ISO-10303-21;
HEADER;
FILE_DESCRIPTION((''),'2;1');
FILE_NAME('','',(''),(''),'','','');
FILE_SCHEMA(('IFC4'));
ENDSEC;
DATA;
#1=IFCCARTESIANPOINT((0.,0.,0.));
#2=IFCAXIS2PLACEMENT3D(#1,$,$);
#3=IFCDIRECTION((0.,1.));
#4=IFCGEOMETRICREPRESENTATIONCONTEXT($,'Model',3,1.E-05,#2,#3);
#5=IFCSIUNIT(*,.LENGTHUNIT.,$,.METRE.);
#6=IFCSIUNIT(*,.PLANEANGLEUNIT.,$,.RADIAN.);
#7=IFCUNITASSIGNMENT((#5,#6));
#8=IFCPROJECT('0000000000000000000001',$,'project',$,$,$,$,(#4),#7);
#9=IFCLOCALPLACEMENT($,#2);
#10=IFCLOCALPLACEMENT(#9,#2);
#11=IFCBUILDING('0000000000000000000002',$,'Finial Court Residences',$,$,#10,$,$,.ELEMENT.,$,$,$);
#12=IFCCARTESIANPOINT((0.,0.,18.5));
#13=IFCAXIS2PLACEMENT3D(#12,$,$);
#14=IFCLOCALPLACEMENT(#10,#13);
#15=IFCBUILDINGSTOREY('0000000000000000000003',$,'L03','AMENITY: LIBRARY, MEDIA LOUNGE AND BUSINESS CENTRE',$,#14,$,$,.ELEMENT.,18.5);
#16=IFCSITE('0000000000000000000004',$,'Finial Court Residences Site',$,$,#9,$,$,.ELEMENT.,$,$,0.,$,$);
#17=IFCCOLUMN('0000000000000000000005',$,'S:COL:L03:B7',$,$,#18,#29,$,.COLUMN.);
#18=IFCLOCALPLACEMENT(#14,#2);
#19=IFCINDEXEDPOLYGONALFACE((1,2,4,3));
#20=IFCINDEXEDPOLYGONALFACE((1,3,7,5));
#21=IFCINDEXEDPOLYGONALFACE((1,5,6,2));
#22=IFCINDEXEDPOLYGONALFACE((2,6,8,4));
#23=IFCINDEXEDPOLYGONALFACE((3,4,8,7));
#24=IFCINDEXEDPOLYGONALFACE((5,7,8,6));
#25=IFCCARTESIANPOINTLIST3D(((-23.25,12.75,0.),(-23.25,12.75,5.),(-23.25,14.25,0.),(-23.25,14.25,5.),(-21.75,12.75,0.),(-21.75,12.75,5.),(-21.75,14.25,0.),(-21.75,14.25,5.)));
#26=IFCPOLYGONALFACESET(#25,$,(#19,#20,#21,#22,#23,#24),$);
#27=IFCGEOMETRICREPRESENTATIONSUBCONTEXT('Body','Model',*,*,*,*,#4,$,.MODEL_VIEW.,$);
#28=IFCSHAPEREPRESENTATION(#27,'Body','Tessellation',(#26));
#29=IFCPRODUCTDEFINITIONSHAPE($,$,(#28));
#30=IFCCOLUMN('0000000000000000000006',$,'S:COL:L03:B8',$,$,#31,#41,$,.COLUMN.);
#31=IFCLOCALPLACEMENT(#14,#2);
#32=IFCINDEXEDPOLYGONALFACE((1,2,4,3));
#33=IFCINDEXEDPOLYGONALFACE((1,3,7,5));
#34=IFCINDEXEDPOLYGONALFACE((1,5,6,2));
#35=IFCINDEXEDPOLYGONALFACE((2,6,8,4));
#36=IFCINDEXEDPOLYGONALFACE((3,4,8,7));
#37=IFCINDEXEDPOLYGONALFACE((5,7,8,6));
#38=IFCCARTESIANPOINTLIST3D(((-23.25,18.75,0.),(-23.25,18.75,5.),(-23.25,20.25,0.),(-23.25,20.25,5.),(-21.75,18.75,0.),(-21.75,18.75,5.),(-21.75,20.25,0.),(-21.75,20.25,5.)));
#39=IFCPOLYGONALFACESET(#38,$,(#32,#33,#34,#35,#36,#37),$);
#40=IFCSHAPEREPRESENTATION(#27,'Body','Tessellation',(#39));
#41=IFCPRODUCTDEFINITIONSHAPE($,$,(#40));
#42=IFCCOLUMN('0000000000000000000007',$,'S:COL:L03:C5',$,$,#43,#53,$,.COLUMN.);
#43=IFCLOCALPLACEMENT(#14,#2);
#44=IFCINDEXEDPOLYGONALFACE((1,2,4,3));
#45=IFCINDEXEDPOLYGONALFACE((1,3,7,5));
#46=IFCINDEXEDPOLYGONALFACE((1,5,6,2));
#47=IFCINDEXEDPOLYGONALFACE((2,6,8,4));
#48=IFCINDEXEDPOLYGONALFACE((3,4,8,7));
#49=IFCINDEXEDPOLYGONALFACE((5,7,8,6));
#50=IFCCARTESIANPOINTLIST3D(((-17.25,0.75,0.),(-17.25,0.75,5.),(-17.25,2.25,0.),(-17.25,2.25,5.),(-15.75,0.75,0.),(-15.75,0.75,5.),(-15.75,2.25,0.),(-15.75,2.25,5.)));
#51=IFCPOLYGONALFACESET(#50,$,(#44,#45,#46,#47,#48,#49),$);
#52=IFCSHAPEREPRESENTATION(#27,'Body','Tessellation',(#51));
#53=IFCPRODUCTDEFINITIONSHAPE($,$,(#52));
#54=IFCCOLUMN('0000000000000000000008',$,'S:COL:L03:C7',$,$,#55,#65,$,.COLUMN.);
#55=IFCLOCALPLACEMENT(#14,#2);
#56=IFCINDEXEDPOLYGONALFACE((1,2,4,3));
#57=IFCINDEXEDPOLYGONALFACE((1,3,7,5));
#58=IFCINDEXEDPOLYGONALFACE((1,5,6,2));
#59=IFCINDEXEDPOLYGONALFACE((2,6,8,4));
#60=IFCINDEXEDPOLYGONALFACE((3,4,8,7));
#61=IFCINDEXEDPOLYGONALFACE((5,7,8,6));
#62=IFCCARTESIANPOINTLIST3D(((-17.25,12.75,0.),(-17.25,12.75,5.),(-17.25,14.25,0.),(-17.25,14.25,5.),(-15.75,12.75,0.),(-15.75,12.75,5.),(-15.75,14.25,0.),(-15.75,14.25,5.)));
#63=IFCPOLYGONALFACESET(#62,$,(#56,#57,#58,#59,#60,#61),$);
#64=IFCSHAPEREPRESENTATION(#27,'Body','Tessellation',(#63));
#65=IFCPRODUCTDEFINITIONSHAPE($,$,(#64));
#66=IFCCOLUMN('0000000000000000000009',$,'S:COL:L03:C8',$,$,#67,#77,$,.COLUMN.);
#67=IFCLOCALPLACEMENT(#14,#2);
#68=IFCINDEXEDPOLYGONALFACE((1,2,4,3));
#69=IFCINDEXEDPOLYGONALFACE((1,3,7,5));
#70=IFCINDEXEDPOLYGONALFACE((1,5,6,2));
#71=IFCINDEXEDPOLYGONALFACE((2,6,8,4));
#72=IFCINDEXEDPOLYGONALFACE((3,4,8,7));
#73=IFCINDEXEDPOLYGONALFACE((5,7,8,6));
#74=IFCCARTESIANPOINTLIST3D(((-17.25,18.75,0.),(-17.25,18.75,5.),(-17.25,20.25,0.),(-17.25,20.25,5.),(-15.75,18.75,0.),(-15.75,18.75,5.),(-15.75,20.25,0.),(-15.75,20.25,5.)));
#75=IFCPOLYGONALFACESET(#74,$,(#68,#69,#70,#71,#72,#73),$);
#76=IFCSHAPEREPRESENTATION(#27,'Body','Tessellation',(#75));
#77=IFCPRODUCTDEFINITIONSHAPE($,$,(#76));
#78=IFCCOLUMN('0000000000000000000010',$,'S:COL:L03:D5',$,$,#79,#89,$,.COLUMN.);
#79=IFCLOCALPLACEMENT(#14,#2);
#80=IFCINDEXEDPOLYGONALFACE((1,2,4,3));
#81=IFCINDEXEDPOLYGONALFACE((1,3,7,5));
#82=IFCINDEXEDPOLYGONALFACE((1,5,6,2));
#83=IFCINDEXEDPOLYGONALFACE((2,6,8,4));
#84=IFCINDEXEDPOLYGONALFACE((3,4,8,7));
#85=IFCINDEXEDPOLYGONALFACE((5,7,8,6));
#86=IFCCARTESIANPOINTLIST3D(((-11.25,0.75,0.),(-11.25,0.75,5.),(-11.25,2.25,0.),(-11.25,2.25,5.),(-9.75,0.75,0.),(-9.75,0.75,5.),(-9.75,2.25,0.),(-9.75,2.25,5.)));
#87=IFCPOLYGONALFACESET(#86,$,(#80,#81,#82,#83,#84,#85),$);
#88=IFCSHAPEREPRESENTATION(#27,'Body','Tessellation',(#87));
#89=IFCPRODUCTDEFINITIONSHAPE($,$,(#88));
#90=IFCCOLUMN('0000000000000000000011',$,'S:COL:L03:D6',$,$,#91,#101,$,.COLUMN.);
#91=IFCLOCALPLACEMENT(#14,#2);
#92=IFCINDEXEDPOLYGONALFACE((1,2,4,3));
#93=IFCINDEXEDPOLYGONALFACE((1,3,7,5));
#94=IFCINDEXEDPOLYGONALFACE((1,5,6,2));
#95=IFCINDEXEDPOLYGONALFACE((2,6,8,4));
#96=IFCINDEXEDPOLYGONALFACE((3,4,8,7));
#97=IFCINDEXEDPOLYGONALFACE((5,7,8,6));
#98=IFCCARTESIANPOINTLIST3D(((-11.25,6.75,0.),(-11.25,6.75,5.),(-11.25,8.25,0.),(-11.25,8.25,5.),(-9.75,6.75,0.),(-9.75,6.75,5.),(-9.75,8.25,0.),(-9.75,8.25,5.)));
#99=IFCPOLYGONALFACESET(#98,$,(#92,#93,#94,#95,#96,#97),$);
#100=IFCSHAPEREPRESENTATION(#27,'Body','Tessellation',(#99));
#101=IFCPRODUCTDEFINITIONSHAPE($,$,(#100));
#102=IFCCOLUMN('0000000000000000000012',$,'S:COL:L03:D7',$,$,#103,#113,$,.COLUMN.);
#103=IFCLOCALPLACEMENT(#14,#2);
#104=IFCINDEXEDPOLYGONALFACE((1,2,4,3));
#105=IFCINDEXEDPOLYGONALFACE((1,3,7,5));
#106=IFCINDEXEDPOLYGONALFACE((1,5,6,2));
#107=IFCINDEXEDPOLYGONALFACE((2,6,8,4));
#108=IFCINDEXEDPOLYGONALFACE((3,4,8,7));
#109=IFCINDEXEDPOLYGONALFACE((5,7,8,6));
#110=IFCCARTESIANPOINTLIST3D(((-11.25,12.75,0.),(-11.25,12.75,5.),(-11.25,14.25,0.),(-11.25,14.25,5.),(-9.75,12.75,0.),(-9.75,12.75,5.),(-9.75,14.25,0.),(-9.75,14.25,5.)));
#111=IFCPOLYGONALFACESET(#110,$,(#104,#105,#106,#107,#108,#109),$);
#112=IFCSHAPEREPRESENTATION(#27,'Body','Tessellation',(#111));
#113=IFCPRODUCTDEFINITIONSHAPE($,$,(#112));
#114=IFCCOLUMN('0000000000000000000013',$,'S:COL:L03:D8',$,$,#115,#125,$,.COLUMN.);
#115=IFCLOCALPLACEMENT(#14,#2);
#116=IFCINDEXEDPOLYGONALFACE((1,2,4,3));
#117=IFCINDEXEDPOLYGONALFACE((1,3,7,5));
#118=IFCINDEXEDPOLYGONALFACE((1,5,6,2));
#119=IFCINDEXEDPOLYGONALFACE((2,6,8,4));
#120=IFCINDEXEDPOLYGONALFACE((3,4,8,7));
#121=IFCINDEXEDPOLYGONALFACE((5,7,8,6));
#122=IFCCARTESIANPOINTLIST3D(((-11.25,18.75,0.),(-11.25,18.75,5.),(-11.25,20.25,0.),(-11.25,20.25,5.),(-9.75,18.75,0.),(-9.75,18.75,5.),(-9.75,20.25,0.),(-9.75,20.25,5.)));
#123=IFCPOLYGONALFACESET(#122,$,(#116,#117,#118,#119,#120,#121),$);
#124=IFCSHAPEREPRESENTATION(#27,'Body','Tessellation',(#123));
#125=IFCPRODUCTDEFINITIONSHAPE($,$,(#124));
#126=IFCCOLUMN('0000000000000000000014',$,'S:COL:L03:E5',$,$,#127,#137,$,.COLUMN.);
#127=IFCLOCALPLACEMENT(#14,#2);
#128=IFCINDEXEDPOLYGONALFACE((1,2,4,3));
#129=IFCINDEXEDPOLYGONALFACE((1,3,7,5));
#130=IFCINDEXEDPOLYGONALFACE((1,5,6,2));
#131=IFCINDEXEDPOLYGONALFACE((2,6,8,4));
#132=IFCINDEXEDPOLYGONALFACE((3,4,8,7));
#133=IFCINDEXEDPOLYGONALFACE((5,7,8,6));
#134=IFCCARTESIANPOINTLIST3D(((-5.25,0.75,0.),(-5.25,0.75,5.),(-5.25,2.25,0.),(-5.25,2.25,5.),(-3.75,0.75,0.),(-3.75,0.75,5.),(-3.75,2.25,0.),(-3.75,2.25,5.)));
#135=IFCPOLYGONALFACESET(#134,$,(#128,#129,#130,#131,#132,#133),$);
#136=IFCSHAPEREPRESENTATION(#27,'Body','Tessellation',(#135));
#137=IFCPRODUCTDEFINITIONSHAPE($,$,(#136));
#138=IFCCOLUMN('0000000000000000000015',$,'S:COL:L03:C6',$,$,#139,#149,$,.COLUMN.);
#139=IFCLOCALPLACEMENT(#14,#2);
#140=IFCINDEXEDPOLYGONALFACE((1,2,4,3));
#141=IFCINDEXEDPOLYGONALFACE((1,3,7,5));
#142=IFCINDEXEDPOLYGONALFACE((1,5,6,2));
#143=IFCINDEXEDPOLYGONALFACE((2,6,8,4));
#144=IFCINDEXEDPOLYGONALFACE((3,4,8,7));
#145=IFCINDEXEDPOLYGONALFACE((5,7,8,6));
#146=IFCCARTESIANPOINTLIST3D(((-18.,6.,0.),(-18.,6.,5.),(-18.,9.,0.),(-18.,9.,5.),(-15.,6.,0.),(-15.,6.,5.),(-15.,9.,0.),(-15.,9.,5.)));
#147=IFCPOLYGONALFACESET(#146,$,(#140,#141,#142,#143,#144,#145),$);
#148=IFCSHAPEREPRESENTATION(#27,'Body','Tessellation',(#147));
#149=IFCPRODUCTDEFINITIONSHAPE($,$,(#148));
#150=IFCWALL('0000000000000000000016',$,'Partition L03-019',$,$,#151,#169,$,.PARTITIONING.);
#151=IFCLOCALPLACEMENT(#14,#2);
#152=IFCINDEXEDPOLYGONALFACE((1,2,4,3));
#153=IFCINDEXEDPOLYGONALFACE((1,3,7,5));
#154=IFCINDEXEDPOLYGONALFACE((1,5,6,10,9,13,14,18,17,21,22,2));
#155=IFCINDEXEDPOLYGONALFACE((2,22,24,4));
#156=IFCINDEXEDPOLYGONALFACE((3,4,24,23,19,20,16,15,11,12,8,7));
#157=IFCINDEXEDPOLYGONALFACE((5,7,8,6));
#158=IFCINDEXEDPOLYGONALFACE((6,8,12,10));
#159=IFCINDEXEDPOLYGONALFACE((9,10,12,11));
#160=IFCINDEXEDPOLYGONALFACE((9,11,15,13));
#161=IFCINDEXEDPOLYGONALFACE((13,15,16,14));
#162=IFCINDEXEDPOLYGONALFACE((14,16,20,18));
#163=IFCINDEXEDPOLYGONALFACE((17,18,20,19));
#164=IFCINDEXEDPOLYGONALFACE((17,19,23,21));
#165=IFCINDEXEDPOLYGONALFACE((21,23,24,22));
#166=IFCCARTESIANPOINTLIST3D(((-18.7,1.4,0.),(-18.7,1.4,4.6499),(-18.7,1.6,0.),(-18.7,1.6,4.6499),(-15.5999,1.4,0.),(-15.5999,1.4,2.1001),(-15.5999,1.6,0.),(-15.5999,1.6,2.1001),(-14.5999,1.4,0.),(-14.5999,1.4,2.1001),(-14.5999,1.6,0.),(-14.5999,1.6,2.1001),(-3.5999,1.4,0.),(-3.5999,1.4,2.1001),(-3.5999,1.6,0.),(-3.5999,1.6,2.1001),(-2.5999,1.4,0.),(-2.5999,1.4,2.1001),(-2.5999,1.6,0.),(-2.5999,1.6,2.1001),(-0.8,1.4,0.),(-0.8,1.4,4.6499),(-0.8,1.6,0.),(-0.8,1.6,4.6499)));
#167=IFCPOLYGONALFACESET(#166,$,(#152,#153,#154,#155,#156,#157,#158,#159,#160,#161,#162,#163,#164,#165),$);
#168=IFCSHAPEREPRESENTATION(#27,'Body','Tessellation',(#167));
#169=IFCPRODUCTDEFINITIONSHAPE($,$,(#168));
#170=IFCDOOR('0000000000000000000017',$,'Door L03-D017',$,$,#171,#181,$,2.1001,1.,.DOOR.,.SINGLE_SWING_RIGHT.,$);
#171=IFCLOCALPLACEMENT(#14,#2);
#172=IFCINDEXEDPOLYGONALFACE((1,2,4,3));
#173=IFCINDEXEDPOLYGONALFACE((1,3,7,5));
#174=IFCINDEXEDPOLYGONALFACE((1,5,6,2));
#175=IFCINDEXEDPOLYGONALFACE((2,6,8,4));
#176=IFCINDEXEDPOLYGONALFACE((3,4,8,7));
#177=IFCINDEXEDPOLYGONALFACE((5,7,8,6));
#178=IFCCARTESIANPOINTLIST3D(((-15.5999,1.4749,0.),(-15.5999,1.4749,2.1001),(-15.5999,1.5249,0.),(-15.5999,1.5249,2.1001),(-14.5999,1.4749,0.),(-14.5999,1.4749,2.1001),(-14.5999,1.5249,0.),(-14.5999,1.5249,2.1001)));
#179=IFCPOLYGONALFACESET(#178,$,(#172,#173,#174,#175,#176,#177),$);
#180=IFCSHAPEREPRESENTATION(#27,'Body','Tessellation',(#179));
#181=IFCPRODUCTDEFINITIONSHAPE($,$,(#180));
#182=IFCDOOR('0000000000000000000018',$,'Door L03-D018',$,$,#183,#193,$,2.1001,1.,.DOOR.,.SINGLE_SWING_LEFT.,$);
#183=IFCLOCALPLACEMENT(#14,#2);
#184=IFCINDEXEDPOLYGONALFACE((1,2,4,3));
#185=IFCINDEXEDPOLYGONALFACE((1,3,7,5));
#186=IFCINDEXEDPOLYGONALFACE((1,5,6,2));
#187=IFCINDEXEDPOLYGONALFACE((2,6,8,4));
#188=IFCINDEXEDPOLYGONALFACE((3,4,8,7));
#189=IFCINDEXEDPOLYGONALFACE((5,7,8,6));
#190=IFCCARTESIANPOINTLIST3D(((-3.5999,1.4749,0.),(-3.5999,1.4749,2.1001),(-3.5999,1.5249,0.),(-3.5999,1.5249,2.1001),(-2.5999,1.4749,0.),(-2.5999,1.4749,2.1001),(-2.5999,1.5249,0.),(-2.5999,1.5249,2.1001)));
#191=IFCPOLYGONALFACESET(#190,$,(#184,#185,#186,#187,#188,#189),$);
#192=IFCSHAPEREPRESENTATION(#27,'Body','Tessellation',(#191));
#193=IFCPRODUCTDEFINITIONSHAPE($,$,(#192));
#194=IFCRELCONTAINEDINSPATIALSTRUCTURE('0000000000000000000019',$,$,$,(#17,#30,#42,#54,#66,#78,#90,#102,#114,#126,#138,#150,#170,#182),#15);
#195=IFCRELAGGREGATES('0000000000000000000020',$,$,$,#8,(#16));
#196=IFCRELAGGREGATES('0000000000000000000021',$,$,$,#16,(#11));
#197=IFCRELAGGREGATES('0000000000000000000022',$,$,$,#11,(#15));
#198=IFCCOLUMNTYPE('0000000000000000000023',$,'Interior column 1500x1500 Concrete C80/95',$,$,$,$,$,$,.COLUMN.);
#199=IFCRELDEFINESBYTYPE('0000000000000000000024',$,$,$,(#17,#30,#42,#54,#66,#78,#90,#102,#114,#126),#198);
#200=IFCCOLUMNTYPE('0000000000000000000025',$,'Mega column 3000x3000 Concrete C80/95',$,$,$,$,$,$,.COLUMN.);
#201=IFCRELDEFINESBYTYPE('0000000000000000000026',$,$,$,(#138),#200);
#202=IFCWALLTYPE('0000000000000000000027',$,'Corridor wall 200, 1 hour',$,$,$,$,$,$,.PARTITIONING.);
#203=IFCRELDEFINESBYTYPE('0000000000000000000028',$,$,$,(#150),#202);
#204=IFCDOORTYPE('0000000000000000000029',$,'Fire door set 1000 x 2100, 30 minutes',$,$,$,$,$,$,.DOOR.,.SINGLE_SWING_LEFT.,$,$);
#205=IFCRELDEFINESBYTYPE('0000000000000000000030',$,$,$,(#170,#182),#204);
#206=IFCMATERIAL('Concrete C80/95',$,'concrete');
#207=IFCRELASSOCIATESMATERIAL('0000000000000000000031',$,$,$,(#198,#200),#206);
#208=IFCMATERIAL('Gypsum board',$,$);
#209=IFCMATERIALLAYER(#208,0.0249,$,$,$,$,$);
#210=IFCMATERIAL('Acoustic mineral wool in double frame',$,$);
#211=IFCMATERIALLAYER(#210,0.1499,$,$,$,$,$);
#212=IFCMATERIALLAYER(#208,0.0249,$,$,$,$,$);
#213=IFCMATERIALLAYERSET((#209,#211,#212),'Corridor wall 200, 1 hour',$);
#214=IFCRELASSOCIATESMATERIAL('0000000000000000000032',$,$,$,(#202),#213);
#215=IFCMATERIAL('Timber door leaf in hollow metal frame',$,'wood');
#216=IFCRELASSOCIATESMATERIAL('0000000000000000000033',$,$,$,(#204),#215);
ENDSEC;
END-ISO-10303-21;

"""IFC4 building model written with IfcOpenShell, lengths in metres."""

from ifc_helpers import new_model, si_unit, direction, frame, frame_2d, origin, origin_2d, place, context, subcontext, project, spatial, rectangle, extrude, material, layer, layer_set, material_profile, profile_set, type_object, element, fill, save


model = new_model("IFC4")

# Units and contexts
model_context = context("Model", 3, precision=1e-05, world=origin(), true_north=direction((0.0, 1.0)))
body_context = subcontext(model_context, "Body", "Model", "MODEL_VIEW")
ifc_project = project(units=[si_unit("LENGTHUNIT", "METRE"), si_unit("PLANEANGLEUNIT", "RADIAN")], contexts=[model_context])

# Site, building, storey
site_placement = place(None, origin())
site = spatial("IfcSite", under=ifc_project, at=site_placement, Name="Finial Court Residences Site", CompositionType="ELEMENT", RefElevation=0.0)
building_placement = place(site_placement, origin())
building = spatial("IfcBuilding", under=site, at=building_placement, Name="Finial Court Residences", CompositionType="ELEMENT")
storey_placement = place(building_placement, frame((0.0, 0.0, 18.5)))
storey = spatial("IfcBuildingStorey", under=building, at=storey_placement, Name="L03", Description="AMENITY: LIBRARY, MEDIA LOUNGE AND BUSINESS CENTRE", CompositionType="ELEMENT", Elevation=18.5)

# Columns
ifc_material_1 = material(Name="Concrete C80/95", Category="concrete")
ifc_material_profile_1 = material_profile(ifc_material_1, rectangle(XDim=1.5, YDim=1.5, at=origin_2d()), Name="1500x1500")
ifc_profile_set_1 = profile_set([ifc_material_profile_1], Name="Concrete C80/95")
column_type_1 = type_object("IfcColumnType", Name="Interior column 1500x1500 Concrete C80/95", PredefinedType="COLUMN", material=ifc_profile_set_1)
for number, where, z_axis, x_axis, name in (
    (1, (-22.5, 13.5, 0.0), (0.0, 0.0, 1.0), (1.0, 0.0, 0.0), "S:COL:L03:B7"),
    (2, (-22.5, 19.5, 0.0), (0.0, 0.0, 1.0), (1.0, 0.0, 0.0), "S:COL:L03:B8"),
    (3, (-16.5, 1.5, 0.0), (0.0, 0.0, 1.0), (1.0, 0.0, 0.0), "S:COL:L03:C5"),
    (4, (-16.5, 13.5, 0.0), (0.0, 0.0, 1.0), (1.0, 0.0, 0.0), "S:COL:L03:C7"),
    (5, (-16.5, 19.5, 0.0), (0.0, 0.0, 1.0), (1.0, 0.0, 0.0), "S:COL:L03:C8"),
    (6, (-10.5, 1.5, 0.0), (0.0, 0.0, 1.0), (1.0, 0.0, 0.0), "S:COL:L03:D5"),
    (7, (-10.5, 7.5, 0.0), (0.0, 0.0, 1.0), (1.0, 0.0, 0.0), "S:COL:L03:D6"),
    (8, (-10.5, 13.5, 0.0), (0.0, 0.0, 1.0), (1.0, 0.0, 0.0), "S:COL:L03:D7"),
    (9, (-10.5, 19.5, 0.0), (0.0, 0.0, 1.0), (1.0, 0.0, 0.0), "S:COL:L03:D8"),
    (10, (-4.5, 1.5, 0.0), (0.0, 0.0, 1.0), (1.0, 0.0, 0.0), "S:COL:L03:E5"),
):
    element("IfcColumn", number, at=place(storey_placement, frame(where, z_axis=z_axis, x_axis=x_axis)), inside=storey, type_object=column_type_1, Name=name, PredefinedType="COLUMN", context=body_context, shape_type="SweptSolid", body=[
        extrude(rectangle(XDim=1.5, YDim=1.5, at=origin_2d()), origin(), (0.0, 0.0, 1.0), 5.0),
    ])
ifc_material_profile_2 = material_profile(ifc_material_1, rectangle(XDim=3.0, YDim=3.0, at=origin_2d()), Name="3000x3000")
ifc_profile_set_2 = profile_set([ifc_material_profile_2], Name="Concrete C80/95")
column_type_2 = type_object("IfcColumnType", Name="Mega column 3000x3000 Concrete C80/95", PredefinedType="COLUMN", material=ifc_profile_set_2)
column_placement = place(storey_placement, frame((-16.5, 7.5, 0.0), z_axis=(0.0, 0.0, 1.0), x_axis=(1.0, 0.0, 0.0)))
element("IfcColumn", 11, at=column_placement, inside=storey, type_object=column_type_2, Name="S:COL:L03:C6", PredefinedType="COLUMN", context=body_context, shape_type="SweptSolid", body=[
    extrude(rectangle(XDim=3.0, YDim=3.0, at=origin_2d()), origin(), (0.0, 0.0, 1.0), 5.0),
])

# Wall, openings, doors
ifc_material_2 = material(Name="Gypsum board")
ifc_layer_1 = layer(ifc_material_2, 0.0249)
ifc_material_3 = material(Name="Acoustic mineral wool in double frame")
ifc_layer_2 = layer(ifc_material_3, 0.1499)
ifc_layer_3 = layer(ifc_material_2, 0.0249)
ifc_layer_set_1 = layer_set([ifc_layer_1, ifc_layer_2, ifc_layer_3], Name="Corridor wall 200, 1 hour")
wall_type_1 = type_object("IfcWallType", Name="Corridor wall 200, 1 hour", PredefinedType="PARTITIONING", material=ifc_layer_set_1)
wall_1_placement = place(storey_placement, frame((-18.7, 1.5, 0.0), z_axis=(0.0, 0.0, 1.0), x_axis=(1.0, 0.0, 0.0)))
wall_1 = element("IfcWall", 12, at=wall_1_placement, inside=storey, type_object=wall_type_1, Name="Partition L03-019", PredefinedType="PARTITIONING", context=body_context, shape_type="SweptSolid", body=[
    extrude(rectangle(XDim=17.8999, YDim=0.2, at=frame_2d((8.95, 0.0))), origin(), (0.0, 0.0, 1.0), 4.6499),
])
opening_1_placement = place(wall_1_placement, frame((3.1001, 0.0, 0.0)))
opening_1 = element("IfcOpeningElement", 13, at=opening_1_placement, cuts=wall_1, PredefinedType="OPENING", context=body_context, shape_type="SweptSolid", body=[
    extrude(rectangle(XDim=1.0, YDim=2.1001, at=frame_2d((0.5, 1.05))), frame((0.0, 0.1099, 0.0), z_axis=(0.0, -1.0, 0.0), x_axis=(1.0, 0.0, 0.0)), (0.0, 0.0, 1.0), 0.22),
])
opening_2_placement = place(wall_1_placement, frame((15.1001, 0.0, 0.0)))
opening_2 = element("IfcOpeningElement", 14, at=opening_2_placement, cuts=wall_1, PredefinedType="OPENING", context=body_context, shape_type="SweptSolid", body=[
    extrude(rectangle(XDim=1.0, YDim=2.1001, at=frame_2d((0.5, 1.05))), frame((0.0, 0.1099, 0.0), z_axis=(0.0, -1.0, 0.0), x_axis=(1.0, 0.0, 0.0)), (0.0, 0.0, 1.0), 0.22),
])
ifc_material_4 = material(Name="Timber door leaf in hollow metal frame", Category="wood")
door_type = type_object("IfcDoorType", Name="Fire door set 1000 x 2100, 30 minutes", OperationType="SINGLE_SWING_LEFT", PredefinedType="DOOR", material=ifc_material_4)
door_1_placement = place(opening_1_placement, origin())
door_1 = element("IfcDoor", 15, at=door_1_placement, inside=storey, type_object=door_type, Name="Door L03-D017", OperationType="SINGLE_SWING_RIGHT", OverallHeight=2.1001, OverallWidth=1.0, PredefinedType="DOOR", context=body_context, shape_type="SweptSolid", body=[
    extrude(rectangle(XDim=1.0, YDim=2.1001, at=frame_2d((0.5, 1.05))), frame((0.0, 0.0249, 0.0), z_axis=(0.0, -1.0, 0.0), x_axis=(1.0, 0.0, 0.0)), (0.0, 0.0, 1.0), 0.05),
])
fill(opening_1, door_1)
door_2_placement = place(opening_2_placement, origin())
door_2 = element("IfcDoor", 16, at=door_2_placement, inside=storey, type_object=door_type, Name="Door L03-D018", OperationType="SINGLE_SWING_LEFT", OverallHeight=2.1001, OverallWidth=1.0, PredefinedType="DOOR", context=body_context, shape_type="SweptSolid", body=[
    extrude(rectangle(XDim=1.0, YDim=2.1001, at=frame_2d((0.5, 1.05))), frame((0.0, 0.0249, 0.0), z_axis=(0.0, -1.0, 0.0), x_axis=(1.0, 0.0, 0.0)), (0.0, 0.0, 1.0), 0.05),
])
fill(opening_2, door_2)

save(model, "model.ifc")
